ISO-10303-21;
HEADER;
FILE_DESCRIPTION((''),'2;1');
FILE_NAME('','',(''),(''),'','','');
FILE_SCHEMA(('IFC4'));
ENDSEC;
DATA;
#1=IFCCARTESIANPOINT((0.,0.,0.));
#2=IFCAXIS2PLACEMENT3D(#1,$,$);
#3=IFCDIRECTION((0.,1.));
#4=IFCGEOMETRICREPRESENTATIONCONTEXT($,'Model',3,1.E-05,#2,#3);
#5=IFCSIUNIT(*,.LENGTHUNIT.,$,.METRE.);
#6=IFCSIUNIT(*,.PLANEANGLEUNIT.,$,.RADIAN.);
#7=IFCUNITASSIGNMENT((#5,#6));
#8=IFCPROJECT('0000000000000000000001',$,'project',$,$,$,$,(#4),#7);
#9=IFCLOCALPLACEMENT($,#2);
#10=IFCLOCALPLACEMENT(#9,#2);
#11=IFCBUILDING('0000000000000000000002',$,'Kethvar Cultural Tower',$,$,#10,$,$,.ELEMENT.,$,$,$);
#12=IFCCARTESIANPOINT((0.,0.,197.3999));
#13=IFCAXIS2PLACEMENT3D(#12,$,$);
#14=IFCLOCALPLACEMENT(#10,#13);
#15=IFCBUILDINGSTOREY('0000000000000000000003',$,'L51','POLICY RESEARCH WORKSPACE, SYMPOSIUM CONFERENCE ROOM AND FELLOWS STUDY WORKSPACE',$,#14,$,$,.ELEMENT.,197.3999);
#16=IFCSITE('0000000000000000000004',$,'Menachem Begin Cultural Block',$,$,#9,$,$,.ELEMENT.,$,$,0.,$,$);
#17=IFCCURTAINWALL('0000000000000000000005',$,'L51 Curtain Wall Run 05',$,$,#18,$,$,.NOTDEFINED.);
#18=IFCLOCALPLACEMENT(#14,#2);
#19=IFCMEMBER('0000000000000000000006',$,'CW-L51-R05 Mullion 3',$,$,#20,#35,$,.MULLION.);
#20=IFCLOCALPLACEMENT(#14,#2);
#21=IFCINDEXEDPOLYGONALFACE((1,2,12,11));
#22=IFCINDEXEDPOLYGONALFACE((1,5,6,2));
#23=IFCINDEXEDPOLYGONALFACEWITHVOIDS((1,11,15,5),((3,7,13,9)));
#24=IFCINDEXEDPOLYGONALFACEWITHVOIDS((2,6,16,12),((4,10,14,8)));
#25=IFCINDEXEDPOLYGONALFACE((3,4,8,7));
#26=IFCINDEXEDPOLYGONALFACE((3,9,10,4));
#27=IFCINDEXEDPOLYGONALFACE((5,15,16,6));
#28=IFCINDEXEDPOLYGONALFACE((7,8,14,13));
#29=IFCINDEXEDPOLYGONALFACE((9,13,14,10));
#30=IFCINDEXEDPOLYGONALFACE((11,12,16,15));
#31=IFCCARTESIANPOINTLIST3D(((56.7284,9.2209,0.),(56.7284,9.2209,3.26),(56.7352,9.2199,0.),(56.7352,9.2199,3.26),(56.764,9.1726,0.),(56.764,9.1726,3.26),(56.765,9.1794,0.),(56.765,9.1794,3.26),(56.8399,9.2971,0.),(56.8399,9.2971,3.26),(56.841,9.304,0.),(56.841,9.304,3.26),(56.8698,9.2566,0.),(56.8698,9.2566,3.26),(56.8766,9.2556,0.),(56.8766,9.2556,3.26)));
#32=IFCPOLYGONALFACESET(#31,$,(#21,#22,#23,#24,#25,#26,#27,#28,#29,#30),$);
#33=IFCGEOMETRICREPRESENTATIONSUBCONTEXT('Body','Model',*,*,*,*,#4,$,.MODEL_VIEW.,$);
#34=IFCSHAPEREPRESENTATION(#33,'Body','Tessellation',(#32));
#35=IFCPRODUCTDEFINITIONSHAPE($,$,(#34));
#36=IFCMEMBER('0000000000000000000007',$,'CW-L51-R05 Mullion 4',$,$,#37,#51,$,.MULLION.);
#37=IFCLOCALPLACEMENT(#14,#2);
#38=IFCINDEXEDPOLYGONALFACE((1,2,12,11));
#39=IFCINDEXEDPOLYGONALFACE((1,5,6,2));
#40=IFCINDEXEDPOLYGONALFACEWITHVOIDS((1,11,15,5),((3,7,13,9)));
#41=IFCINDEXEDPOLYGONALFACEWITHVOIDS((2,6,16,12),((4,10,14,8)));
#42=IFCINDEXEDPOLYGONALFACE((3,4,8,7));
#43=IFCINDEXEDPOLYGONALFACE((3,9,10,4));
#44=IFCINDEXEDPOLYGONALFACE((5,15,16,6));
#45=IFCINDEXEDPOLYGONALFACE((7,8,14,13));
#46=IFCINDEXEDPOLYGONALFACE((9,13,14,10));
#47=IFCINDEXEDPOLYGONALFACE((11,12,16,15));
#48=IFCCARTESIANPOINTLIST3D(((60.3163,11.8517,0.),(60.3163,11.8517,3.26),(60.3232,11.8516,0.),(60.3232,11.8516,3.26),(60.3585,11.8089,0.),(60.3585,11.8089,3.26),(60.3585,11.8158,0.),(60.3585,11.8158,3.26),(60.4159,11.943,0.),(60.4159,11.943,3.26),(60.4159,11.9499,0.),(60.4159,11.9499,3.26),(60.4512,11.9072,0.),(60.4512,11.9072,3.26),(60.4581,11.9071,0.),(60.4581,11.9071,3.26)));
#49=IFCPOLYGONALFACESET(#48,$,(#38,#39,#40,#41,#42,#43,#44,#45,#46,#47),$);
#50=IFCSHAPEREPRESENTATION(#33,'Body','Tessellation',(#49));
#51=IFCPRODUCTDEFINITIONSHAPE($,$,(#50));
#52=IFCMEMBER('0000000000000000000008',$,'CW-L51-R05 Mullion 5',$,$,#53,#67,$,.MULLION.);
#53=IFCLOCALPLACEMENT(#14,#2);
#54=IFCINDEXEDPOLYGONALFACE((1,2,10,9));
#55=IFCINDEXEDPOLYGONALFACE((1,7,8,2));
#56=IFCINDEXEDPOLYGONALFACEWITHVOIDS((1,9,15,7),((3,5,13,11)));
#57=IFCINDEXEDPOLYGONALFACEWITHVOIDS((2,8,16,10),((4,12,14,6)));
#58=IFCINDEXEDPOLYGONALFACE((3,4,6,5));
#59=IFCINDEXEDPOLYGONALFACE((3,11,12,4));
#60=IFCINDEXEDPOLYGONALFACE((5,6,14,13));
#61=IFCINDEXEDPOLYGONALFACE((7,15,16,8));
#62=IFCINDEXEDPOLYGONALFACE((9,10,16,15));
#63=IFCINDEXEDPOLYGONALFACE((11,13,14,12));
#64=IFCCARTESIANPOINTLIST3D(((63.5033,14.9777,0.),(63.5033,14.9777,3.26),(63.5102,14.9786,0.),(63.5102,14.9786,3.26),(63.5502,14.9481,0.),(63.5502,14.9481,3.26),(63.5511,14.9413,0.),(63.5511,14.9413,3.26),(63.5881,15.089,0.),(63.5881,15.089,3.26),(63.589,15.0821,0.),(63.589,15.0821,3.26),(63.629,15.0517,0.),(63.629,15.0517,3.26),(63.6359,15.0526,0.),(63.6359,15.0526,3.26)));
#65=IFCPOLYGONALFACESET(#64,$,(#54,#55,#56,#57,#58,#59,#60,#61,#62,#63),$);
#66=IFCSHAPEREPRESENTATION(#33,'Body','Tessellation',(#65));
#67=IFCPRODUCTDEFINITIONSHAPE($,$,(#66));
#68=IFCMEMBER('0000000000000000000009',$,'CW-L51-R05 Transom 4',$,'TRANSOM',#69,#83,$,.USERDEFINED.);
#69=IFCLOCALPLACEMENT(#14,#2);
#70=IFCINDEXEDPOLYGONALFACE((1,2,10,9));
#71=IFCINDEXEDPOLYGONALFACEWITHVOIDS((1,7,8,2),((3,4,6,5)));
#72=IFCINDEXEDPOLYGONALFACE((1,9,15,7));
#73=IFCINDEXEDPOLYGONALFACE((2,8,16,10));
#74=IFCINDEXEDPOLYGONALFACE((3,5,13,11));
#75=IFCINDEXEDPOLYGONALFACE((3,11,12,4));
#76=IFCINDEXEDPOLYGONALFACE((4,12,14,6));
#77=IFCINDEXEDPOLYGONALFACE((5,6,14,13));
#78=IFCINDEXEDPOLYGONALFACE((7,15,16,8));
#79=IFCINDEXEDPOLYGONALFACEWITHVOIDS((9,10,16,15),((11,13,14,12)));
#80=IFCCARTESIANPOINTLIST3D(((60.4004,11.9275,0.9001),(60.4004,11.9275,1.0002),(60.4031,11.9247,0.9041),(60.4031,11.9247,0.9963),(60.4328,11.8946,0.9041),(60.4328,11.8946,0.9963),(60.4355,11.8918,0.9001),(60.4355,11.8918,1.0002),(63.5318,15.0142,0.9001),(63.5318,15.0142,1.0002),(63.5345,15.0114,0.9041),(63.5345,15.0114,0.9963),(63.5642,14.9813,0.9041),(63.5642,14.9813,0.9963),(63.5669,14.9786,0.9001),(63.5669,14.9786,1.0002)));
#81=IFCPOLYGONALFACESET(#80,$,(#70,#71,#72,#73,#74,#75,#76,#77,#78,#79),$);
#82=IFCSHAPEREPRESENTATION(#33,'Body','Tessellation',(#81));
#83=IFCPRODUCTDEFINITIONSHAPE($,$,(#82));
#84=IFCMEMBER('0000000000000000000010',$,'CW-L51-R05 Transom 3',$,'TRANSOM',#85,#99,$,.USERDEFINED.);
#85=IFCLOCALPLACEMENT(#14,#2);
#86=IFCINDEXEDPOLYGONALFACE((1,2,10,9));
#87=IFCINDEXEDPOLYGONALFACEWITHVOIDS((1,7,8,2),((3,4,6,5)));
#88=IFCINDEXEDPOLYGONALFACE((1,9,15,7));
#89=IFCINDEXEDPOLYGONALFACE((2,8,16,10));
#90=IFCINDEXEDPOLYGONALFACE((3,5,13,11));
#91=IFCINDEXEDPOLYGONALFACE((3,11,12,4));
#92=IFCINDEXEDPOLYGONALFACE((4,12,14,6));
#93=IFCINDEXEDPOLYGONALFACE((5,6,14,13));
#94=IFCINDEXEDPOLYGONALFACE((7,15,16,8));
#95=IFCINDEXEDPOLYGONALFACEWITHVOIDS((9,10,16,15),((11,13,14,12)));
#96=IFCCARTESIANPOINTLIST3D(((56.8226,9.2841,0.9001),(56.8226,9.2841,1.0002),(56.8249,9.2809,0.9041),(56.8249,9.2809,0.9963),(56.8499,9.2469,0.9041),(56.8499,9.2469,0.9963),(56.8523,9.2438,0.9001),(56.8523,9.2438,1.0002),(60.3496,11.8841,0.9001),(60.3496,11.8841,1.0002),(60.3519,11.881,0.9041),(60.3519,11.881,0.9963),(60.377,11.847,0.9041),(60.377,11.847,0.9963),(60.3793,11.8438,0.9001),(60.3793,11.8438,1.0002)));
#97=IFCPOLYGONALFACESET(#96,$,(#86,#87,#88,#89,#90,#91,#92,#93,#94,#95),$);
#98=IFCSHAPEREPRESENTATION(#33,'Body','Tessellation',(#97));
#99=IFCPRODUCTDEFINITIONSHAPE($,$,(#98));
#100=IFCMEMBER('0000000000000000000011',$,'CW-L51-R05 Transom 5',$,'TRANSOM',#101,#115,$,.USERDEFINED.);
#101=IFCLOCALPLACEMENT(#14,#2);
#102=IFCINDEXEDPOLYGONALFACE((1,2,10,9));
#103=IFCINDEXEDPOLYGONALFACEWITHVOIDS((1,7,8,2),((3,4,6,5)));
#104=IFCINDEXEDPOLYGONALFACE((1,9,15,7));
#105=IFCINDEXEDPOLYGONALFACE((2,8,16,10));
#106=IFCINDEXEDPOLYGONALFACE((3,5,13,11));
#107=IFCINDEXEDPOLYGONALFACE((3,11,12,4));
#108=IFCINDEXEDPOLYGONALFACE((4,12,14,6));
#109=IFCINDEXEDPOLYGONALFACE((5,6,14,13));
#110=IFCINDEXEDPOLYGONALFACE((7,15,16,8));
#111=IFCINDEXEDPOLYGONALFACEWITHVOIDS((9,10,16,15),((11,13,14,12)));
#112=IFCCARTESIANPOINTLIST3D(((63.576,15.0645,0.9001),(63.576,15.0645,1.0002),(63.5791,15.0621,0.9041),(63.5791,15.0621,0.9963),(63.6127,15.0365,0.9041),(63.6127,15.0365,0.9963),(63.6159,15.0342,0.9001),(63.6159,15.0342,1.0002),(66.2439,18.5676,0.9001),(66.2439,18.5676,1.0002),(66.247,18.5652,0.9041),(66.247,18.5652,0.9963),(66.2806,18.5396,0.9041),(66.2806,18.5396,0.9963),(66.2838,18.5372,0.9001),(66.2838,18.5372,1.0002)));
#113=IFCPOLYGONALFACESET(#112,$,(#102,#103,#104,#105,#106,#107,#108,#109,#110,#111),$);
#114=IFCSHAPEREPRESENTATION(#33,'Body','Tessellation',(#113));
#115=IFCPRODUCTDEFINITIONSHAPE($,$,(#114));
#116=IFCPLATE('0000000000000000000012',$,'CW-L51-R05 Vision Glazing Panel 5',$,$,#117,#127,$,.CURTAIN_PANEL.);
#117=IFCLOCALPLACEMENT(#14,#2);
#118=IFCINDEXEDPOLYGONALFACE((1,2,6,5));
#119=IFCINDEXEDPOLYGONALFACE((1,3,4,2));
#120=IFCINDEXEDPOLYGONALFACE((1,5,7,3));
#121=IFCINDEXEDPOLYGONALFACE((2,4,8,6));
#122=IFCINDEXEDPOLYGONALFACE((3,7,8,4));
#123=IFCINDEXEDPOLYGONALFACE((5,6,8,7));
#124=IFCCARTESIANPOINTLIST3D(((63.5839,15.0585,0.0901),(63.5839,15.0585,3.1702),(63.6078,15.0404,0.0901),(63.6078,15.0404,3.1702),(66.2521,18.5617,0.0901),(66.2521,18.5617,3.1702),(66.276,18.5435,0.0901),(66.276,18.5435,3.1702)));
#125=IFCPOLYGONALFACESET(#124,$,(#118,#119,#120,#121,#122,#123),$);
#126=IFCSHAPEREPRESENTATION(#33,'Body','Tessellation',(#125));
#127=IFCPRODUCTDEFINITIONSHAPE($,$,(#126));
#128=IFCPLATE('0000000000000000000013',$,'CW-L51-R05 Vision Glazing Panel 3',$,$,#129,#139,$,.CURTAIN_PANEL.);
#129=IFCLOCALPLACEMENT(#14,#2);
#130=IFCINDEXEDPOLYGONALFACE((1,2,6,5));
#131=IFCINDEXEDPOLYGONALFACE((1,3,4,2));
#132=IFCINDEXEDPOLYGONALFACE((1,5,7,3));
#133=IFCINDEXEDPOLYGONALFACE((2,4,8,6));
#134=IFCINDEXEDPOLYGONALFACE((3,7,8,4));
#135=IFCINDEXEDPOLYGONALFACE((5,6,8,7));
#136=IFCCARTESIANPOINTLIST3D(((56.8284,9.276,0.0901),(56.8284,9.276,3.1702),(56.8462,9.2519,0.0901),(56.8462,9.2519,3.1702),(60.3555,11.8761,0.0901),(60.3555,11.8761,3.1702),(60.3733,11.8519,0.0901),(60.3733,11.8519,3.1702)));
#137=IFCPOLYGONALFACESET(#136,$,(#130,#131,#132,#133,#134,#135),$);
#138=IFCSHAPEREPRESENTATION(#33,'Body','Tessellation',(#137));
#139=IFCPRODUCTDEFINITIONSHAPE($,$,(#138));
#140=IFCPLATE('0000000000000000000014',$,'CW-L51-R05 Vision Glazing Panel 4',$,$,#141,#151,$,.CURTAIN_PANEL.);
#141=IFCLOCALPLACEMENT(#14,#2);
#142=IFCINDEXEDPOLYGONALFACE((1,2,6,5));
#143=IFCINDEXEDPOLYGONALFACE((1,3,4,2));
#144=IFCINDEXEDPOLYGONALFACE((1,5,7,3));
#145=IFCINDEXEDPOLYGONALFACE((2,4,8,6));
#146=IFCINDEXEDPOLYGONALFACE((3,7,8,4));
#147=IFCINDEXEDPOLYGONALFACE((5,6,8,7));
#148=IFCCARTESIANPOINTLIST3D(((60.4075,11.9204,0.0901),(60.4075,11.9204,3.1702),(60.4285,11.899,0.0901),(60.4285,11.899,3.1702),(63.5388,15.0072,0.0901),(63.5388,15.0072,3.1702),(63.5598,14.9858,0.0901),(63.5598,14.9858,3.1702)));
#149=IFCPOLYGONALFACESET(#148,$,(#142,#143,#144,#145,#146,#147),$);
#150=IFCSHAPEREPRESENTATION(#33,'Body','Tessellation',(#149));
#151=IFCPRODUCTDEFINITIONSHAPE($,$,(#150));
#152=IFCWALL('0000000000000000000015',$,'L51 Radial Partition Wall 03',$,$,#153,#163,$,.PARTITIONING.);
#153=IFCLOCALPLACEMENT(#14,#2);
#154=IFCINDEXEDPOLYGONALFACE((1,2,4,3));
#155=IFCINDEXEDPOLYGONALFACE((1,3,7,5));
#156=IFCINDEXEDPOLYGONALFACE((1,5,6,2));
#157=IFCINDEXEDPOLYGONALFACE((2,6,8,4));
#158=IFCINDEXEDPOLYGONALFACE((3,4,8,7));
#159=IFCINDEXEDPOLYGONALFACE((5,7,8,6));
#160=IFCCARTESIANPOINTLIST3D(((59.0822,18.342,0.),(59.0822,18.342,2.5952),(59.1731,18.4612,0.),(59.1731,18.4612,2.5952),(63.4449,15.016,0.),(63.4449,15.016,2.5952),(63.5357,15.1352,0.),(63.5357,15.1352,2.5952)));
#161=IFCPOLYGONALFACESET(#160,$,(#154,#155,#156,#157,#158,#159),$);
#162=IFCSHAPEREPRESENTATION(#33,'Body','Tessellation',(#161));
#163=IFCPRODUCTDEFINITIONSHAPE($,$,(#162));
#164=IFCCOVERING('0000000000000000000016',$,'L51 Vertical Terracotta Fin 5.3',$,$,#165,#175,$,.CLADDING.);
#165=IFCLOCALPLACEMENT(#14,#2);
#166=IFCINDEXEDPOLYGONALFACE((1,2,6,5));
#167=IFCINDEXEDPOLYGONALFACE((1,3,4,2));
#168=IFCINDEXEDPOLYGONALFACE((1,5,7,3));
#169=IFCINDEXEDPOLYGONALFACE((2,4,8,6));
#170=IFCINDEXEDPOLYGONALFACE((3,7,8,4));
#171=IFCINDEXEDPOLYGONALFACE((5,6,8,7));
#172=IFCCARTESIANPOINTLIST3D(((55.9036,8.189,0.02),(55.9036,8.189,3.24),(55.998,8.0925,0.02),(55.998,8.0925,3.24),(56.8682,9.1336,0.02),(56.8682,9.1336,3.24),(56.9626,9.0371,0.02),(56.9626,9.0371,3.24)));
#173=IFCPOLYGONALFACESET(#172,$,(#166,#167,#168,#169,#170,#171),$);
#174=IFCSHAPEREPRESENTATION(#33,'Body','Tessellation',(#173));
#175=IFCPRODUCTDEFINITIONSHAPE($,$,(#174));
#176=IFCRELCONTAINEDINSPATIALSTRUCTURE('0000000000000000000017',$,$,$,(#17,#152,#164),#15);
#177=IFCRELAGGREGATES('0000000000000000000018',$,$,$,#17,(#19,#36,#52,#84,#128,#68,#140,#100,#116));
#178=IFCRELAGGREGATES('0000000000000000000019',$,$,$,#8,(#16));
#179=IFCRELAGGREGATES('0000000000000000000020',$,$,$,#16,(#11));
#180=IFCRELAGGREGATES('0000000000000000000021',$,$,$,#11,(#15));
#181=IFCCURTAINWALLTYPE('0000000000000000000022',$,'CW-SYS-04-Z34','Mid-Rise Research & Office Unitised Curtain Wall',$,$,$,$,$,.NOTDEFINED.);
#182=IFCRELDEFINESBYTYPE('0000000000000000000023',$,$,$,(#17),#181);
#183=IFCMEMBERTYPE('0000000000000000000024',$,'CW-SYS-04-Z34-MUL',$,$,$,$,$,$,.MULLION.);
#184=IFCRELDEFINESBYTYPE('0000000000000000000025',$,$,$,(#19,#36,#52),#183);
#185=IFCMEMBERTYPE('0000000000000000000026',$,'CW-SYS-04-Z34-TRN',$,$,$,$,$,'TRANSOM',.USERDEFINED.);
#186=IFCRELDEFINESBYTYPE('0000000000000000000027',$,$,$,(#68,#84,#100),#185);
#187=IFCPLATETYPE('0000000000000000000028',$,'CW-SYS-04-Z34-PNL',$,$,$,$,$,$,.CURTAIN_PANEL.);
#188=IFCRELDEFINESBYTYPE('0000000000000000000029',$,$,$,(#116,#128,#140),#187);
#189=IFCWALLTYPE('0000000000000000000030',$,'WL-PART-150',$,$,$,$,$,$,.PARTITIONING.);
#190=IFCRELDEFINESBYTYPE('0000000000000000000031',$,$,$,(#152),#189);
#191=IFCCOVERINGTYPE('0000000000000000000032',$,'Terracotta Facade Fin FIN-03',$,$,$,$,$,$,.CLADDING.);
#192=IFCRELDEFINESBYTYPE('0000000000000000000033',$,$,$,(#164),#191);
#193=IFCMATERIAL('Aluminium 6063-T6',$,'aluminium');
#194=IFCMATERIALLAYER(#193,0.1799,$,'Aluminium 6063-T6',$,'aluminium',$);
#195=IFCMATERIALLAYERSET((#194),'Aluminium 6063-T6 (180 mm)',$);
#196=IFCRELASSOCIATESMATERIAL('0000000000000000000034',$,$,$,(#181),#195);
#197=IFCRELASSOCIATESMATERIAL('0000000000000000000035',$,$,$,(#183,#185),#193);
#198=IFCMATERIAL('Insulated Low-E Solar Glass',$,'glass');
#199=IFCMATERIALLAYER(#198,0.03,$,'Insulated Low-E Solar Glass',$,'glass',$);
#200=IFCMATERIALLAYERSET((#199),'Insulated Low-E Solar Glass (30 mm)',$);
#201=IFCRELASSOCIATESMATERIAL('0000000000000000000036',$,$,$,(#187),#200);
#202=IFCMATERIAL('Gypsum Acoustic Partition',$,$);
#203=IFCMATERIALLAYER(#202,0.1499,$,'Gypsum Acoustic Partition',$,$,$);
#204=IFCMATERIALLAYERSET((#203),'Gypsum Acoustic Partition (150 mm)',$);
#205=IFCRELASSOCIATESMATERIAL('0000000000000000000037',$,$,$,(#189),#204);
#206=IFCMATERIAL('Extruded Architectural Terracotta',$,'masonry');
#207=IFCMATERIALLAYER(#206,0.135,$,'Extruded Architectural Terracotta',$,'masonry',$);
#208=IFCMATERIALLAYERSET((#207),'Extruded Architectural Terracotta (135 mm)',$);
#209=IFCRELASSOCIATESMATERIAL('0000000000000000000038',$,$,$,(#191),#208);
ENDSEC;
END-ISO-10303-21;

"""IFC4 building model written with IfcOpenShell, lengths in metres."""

from ifc_helpers import new_model, si_unit, direction, frame, frame_2d, origin, origin_2d, place, context, subcontext, project, spatial, rectangle, hollow_rectangle, extrude, source, transform, mapped, material, layer, layer_set, material_profile, profile_set, type_object, element, aggregate, save


model = new_model("IFC4")

# Units and contexts
model_context = context("Model", 3, precision=1e-05, world=origin(), true_north=direction((0.0, 1.0)))
body_context = subcontext(model_context, "Body", "Model", "MODEL_VIEW")
ifc_project = project(units=[si_unit("LENGTHUNIT", "METRE"), si_unit("PLANEANGLEUNIT", "RADIAN")], contexts=[model_context])

# Site, building, storey
site_placement = place(None, origin())
site = spatial("IfcSite", under=ifc_project, at=site_placement, Name="Menachem Begin Cultural Block", CompositionType="ELEMENT", RefElevation=0.0)
building_placement = place(site_placement, origin())
building = spatial("IfcBuilding", under=site, at=building_placement, Name="Kethvar Cultural Tower", CompositionType="ELEMENT")
storey_placement = place(building_placement, frame((0.0, 0.0, 197.3999)))
storey = spatial("IfcBuildingStorey", under=building, at=storey_placement, Name="L51", Description="POLICY RESEARCH WORKSPACE, SYMPOSIUM CONFERENCE ROOM AND FELLOWS STUDY WORKSPACE", CompositionType="ELEMENT", Elevation=197.3999)

# Curtain wall, members, plates
ifc_material_1 = material(Name="Aluminium 6063-T6", Category="aluminium")
ifc_layer_1 = layer(ifc_material_1, 0.1799, Name="Aluminium 6063-T6", Category="aluminium")
ifc_layer_set_1 = layer_set([ifc_layer_1], Name="Aluminium 6063-T6 (180 mm)")
curtain_wall_type = type_object("IfcCurtainWallType", Name="CW-SYS-04-Z34", Description="Mid-Rise Research & Office Unitised Curtain Wall", PredefinedType="NOTDEFINED", material=ifc_layer_set_1)
curtain_wall_placement = place(storey_placement, origin())
curtain_wall = element("IfcCurtainWall", 1, at=curtain_wall_placement, inside=storey, type_object=curtain_wall_type, Name="L51 Curtain Wall Run 05", PredefinedType="NOTDEFINED")
ifc_material_profile_1 = material_profile(ifc_material_1, hollow_rectangle(XDim=0.0601, YDim=0.1399, WallThickness=0.0049, at=origin_2d()), Name="Aluminium 6063-T6 — RHS140x60x5")
ifc_profile_set_1 = profile_set([ifc_material_profile_1], Name="Aluminium 6063-T6 — RHS140x60x5")
member_type_1 = type_object("IfcMemberType", Name="CW-SYS-04-Z34-MUL", PredefinedType="MULLION", material=ifc_profile_set_1)
shared_shape_1 = source(origin(), body_context, "Body", "SweptSolid", [
    extrude(hollow_rectangle(XDim=0.0601, YDim=0.1399, WallThickness=0.0049, at=origin_2d()), origin(), (0.0, 0.0, 1.0), 3.26),
])
member_1_placement = place(storey_placement, frame((56.8025, 9.2383, 0.0), z_axis=(0.0, 0.0, 1.0), x_axis=(-0.593363, 0.804935, 0.0)))
member_1 = element("IfcMember", 2, at=member_1_placement, type_object=member_type_1, Name="CW-L51-R05 Mullion 3", PredefinedType="MULLION", context=body_context, shape_type="MappedRepresentation", body=[
    mapped(shared_shape_1, transform((0.0, 0.0, 0.0), scale=1.0)),
])
member_2_placement = place(storey_placement, frame((60.3872, 11.8794, 0.0), z_axis=(0.0, 0.0, 1.0), x_axis=(-0.702029, 0.712149, 0.0)))
member_2 = element("IfcMember", 3, at=member_2_placement, type_object=member_type_1, Name="CW-L51-R05 Mullion 4", PredefinedType="MULLION", context=body_context, shape_type="MappedRepresentation", body=[
    mapped(shared_shape_1, transform((0.0, 0.0, 0.0), scale=1.0)),
])
member_3_placement = place(storey_placement, frame((63.5696, 15.0151, 0.0), z_axis=(0.0, 0.0, 1.0), x_axis=(-0.795526, 0.605919, 0.0)))
member_3 = element("IfcMember", 4, at=member_3_placement, type_object=member_type_1, Name="CW-L51-R05 Mullion 5", PredefinedType="MULLION", context=body_context, shape_type="MappedRepresentation", body=[
    mapped(shared_shape_1, transform((0.0, 0.0, 0.0), scale=1.0)),
])
ifc_material_profile_2 = material_profile(ifc_material_1, hollow_rectangle(XDim=0.05, YDim=0.1001, WallThickness=0.0039, at=origin_2d()), Name="Aluminium 6063-T6 — RHS100x50x4")
ifc_profile_set_2 = profile_set([ifc_material_profile_2], Name="Aluminium 6063-T6 — RHS100x50x4")
member_type_2 = type_object("IfcMemberType", Name="CW-SYS-04-Z34-TRN", ElementType="TRANSOM", PredefinedType="USERDEFINED", material=ifc_profile_set_2)
shared_shape_2 = source(origin(), body_context, "Body", "SweptSolid", [
    extrude(hollow_rectangle(XDim=0.05, YDim=0.1001, WallThickness=0.0039, at=origin_2d()), origin(), (0.0, 0.0, 1.0), 4.397),
])
member_4_placement = place(storey_placement, frame((60.418, 11.9097, 0.9502), z_axis=(0.712169, 0.702008, 0.0), x_axis=(-0.702008, 0.712169, 0.0)))
member_4 = element("IfcMember", 5, at=member_4_placement, type_object=member_type_2, Name="CW-L51-R05 Transom 4", ObjectType="TRANSOM", PredefinedType="USERDEFINED", context=body_context, shape_type="MappedRepresentation", body=[
    mapped(shared_shape_2, transform((0.0, 0.0, 0.0), scale=1.0)),
])
shared_shape_3 = source(origin(), body_context, "Body", "SweptSolid", [
    extrude(hollow_rectangle(XDim=0.05, YDim=0.1001, WallThickness=0.0039, at=origin_2d()), origin(), (0.0, 0.0, 1.0), 4.3818),
])
member_5_placement = place(storey_placement, frame((56.8374, 9.2639, 0.9502), z_axis=(0.804927, 0.593374, 0.0), x_axis=(-0.593374, 0.804927, 0.0)))
member_5 = element("IfcMember", 6, at=member_5_placement, type_object=member_type_2, Name="CW-L51-R05 Transom 3", ObjectType="TRANSOM", PredefinedType="USERDEFINED", context=body_context, shape_type="MappedRepresentation", body=[
    mapped(shared_shape_3, transform((0.0, 0.0, 0.0), scale=1.0)),
])
shared_shape_4 = source(origin(), body_context, "Body", "SweptSolid", [
    extrude(hollow_rectangle(XDim=0.05, YDim=0.1001, WallThickness=0.0039, at=origin_2d()), origin(), (0.0, 0.0, 1.0), 4.4033),
])
member_6_placement = place(storey_placement, frame((63.5959, 15.0493, 0.9502), z_axis=(0.605883, 0.795554, 0.0), x_axis=(-0.795554, 0.605883, 0.0)))
member_6 = element("IfcMember", 7, at=member_6_placement, type_object=member_type_2, Name="CW-L51-R05 Transom 5", ObjectType="TRANSOM", PredefinedType="USERDEFINED", context=body_context, shape_type="MappedRepresentation", body=[
    mapped(shared_shape_4, transform((0.0, 0.0, 0.0), scale=1.0)),
])
ifc_material_2 = material(Name="Insulated Low-E Solar Glass", Category="glass")
ifc_layer_2 = layer(ifc_material_2, 0.03, Name="Insulated Low-E Solar Glass", Category="glass")
ifc_layer_set_2 = layer_set([ifc_layer_2], Name="Insulated Low-E Solar Glass (30 mm)")
plate_type = type_object("IfcPlateType", Name="CW-SYS-04-Z34-PNL", PredefinedType="CURTAIN_PANEL", material=ifc_layer_set_2)
shared_shape_5 = source(origin(), body_context, "Body", "SweptSolid", [
    extrude(rectangle(XDim=4.4036, YDim=0.03, at=origin_2d()), origin(), (0.0, 0.0, 1.0), 3.0801),
])
plate_1_placement = place(storey_placement, frame((64.9299, 16.801, 0.0901), z_axis=(0.0, 0.0, 1.0), x_axis=(0.605919, 0.795526, 0.0)))
plate_1 = element("IfcPlate", 8, at=plate_1_placement, type_object=plate_type, Name="CW-L51-R05 Vision Glazing Panel 5", PredefinedType="CURTAIN_PANEL", context=body_context, shape_type="MappedRepresentation", body=[
    mapped(shared_shape_5, transform((0.0, 0.0, 0.0), scale=1.0)),
])
shared_shape_6 = source(origin(), body_context, "Body", "SweptSolid", [
    extrude(rectangle(XDim=4.3818, YDim=0.03, at=origin_2d()), origin(), (0.0, 0.0, 1.0), 3.0801),
])
plate_2_placement = place(storey_placement, frame((58.6008, 10.564, 0.0901), z_axis=(0.0, 0.0, 1.0), x_axis=(0.804935, 0.593363, 0.0)))
plate_2 = element("IfcPlate", 9, at=plate_2_placement, type_object=plate_type, Name="CW-L51-R05 Vision Glazing Panel 3", PredefinedType="CURTAIN_PANEL", context=body_context, shape_type="MappedRepresentation", body=[
    mapped(shared_shape_6, transform((0.0, 0.0, 0.0), scale=1.0)),
])
shared_shape_7 = source(origin(), body_context, "Body", "SweptSolid", [
    extrude(rectangle(XDim=4.397, YDim=0.03, at=origin_2d()), origin(), (0.0, 0.0, 1.0), 3.0801),
])
plate_3_placement = place(storey_placement, frame((61.9836, 13.4531, 0.0901), z_axis=(0.0, 0.0, 1.0), x_axis=(0.712149, 0.702029, 0.0)))
plate_3 = element("IfcPlate", 10, at=plate_3_placement, type_object=plate_type, Name="CW-L51-R05 Vision Glazing Panel 4", PredefinedType="CURTAIN_PANEL", context=body_context, shape_type="MappedRepresentation", body=[
    mapped(shared_shape_7, transform((0.0, 0.0, 0.0), scale=1.0)),
])
aggregate(curtain_wall, [member_1, member_2, member_3, member_5, plate_2, member_4, plate_3, member_6, plate_1])

# Wall
ifc_material_3 = material(Name="Gypsum Acoustic Partition")
ifc_layer_3 = layer(ifc_material_3, 0.1499, Name="Gypsum Acoustic Partition")
ifc_layer_set_3 = layer_set([ifc_layer_3], Name="Gypsum Acoustic Partition (150 mm)")
wall_type_1 = type_object("IfcWallType", Name="WL-PART-150", PredefinedType="PARTITIONING", material=ifc_layer_set_3)
wall_1_placement = place(storey_placement, frame((59.1277, 18.4016, 0.0), z_axis=(0.0, 0.0, 1.0), x_axis=(0.795249, -0.606283, 0.0)))
element("IfcWall", 11, at=wall_1_placement, inside=storey, type_object=wall_type_1, Name="L51 Radial Partition Wall 03", PredefinedType="PARTITIONING", context=body_context, shape_type="SweptSolid", body=[
    extrude(rectangle(XDim=5.4858, YDim=0.1499, at=frame_2d((2.7429, 0.0))), origin(), (0.0, 0.0, 1.0), 2.5952),
])

# Covering
ifc_material_4 = material(Name="Extruded Architectural Terracotta", Category="masonry")
ifc_layer_4 = layer(ifc_material_4, 0.135, Name="Extruded Architectural Terracotta", Category="masonry")
ifc_layer_set_4 = layer_set([ifc_layer_4], Name="Extruded Architectural Terracotta (135 mm)")
covering_type = type_object("IfcCoveringType", Name="Terracotta Facade Fin FIN-03", PredefinedType="CLADDING", material=ifc_layer_set_4)
shared_shape_8 = source(origin(), body_context, "Body", "SweptSolid", [
    extrude(rectangle(XDim=1.3501, YDim=0.135, at=origin_2d()), origin(), (0.0, 0.0, 1.0), 3.22),
])
for number, where, z_axis, x_axis, name in (
    (12, (56.4331, 8.613, 0.02), (0.0, 0.0, 1.0), (-0.714473, -0.699663, 0.0), "L51 Vertical Terracotta Fin 5.3"),
):
    element("IfcCovering", number, at=place(storey_placement, frame(where, z_axis=z_axis, x_axis=x_axis)), inside=storey, type_object=covering_type, Name=name, PredefinedType="CLADDING", context=body_context, shape_type="MappedRepresentation", body=[
        mapped(shared_shape_8, transform((0.0, 0.0, 0.0), scale=1.0)),
    ])

save(model, "model.ifc")
